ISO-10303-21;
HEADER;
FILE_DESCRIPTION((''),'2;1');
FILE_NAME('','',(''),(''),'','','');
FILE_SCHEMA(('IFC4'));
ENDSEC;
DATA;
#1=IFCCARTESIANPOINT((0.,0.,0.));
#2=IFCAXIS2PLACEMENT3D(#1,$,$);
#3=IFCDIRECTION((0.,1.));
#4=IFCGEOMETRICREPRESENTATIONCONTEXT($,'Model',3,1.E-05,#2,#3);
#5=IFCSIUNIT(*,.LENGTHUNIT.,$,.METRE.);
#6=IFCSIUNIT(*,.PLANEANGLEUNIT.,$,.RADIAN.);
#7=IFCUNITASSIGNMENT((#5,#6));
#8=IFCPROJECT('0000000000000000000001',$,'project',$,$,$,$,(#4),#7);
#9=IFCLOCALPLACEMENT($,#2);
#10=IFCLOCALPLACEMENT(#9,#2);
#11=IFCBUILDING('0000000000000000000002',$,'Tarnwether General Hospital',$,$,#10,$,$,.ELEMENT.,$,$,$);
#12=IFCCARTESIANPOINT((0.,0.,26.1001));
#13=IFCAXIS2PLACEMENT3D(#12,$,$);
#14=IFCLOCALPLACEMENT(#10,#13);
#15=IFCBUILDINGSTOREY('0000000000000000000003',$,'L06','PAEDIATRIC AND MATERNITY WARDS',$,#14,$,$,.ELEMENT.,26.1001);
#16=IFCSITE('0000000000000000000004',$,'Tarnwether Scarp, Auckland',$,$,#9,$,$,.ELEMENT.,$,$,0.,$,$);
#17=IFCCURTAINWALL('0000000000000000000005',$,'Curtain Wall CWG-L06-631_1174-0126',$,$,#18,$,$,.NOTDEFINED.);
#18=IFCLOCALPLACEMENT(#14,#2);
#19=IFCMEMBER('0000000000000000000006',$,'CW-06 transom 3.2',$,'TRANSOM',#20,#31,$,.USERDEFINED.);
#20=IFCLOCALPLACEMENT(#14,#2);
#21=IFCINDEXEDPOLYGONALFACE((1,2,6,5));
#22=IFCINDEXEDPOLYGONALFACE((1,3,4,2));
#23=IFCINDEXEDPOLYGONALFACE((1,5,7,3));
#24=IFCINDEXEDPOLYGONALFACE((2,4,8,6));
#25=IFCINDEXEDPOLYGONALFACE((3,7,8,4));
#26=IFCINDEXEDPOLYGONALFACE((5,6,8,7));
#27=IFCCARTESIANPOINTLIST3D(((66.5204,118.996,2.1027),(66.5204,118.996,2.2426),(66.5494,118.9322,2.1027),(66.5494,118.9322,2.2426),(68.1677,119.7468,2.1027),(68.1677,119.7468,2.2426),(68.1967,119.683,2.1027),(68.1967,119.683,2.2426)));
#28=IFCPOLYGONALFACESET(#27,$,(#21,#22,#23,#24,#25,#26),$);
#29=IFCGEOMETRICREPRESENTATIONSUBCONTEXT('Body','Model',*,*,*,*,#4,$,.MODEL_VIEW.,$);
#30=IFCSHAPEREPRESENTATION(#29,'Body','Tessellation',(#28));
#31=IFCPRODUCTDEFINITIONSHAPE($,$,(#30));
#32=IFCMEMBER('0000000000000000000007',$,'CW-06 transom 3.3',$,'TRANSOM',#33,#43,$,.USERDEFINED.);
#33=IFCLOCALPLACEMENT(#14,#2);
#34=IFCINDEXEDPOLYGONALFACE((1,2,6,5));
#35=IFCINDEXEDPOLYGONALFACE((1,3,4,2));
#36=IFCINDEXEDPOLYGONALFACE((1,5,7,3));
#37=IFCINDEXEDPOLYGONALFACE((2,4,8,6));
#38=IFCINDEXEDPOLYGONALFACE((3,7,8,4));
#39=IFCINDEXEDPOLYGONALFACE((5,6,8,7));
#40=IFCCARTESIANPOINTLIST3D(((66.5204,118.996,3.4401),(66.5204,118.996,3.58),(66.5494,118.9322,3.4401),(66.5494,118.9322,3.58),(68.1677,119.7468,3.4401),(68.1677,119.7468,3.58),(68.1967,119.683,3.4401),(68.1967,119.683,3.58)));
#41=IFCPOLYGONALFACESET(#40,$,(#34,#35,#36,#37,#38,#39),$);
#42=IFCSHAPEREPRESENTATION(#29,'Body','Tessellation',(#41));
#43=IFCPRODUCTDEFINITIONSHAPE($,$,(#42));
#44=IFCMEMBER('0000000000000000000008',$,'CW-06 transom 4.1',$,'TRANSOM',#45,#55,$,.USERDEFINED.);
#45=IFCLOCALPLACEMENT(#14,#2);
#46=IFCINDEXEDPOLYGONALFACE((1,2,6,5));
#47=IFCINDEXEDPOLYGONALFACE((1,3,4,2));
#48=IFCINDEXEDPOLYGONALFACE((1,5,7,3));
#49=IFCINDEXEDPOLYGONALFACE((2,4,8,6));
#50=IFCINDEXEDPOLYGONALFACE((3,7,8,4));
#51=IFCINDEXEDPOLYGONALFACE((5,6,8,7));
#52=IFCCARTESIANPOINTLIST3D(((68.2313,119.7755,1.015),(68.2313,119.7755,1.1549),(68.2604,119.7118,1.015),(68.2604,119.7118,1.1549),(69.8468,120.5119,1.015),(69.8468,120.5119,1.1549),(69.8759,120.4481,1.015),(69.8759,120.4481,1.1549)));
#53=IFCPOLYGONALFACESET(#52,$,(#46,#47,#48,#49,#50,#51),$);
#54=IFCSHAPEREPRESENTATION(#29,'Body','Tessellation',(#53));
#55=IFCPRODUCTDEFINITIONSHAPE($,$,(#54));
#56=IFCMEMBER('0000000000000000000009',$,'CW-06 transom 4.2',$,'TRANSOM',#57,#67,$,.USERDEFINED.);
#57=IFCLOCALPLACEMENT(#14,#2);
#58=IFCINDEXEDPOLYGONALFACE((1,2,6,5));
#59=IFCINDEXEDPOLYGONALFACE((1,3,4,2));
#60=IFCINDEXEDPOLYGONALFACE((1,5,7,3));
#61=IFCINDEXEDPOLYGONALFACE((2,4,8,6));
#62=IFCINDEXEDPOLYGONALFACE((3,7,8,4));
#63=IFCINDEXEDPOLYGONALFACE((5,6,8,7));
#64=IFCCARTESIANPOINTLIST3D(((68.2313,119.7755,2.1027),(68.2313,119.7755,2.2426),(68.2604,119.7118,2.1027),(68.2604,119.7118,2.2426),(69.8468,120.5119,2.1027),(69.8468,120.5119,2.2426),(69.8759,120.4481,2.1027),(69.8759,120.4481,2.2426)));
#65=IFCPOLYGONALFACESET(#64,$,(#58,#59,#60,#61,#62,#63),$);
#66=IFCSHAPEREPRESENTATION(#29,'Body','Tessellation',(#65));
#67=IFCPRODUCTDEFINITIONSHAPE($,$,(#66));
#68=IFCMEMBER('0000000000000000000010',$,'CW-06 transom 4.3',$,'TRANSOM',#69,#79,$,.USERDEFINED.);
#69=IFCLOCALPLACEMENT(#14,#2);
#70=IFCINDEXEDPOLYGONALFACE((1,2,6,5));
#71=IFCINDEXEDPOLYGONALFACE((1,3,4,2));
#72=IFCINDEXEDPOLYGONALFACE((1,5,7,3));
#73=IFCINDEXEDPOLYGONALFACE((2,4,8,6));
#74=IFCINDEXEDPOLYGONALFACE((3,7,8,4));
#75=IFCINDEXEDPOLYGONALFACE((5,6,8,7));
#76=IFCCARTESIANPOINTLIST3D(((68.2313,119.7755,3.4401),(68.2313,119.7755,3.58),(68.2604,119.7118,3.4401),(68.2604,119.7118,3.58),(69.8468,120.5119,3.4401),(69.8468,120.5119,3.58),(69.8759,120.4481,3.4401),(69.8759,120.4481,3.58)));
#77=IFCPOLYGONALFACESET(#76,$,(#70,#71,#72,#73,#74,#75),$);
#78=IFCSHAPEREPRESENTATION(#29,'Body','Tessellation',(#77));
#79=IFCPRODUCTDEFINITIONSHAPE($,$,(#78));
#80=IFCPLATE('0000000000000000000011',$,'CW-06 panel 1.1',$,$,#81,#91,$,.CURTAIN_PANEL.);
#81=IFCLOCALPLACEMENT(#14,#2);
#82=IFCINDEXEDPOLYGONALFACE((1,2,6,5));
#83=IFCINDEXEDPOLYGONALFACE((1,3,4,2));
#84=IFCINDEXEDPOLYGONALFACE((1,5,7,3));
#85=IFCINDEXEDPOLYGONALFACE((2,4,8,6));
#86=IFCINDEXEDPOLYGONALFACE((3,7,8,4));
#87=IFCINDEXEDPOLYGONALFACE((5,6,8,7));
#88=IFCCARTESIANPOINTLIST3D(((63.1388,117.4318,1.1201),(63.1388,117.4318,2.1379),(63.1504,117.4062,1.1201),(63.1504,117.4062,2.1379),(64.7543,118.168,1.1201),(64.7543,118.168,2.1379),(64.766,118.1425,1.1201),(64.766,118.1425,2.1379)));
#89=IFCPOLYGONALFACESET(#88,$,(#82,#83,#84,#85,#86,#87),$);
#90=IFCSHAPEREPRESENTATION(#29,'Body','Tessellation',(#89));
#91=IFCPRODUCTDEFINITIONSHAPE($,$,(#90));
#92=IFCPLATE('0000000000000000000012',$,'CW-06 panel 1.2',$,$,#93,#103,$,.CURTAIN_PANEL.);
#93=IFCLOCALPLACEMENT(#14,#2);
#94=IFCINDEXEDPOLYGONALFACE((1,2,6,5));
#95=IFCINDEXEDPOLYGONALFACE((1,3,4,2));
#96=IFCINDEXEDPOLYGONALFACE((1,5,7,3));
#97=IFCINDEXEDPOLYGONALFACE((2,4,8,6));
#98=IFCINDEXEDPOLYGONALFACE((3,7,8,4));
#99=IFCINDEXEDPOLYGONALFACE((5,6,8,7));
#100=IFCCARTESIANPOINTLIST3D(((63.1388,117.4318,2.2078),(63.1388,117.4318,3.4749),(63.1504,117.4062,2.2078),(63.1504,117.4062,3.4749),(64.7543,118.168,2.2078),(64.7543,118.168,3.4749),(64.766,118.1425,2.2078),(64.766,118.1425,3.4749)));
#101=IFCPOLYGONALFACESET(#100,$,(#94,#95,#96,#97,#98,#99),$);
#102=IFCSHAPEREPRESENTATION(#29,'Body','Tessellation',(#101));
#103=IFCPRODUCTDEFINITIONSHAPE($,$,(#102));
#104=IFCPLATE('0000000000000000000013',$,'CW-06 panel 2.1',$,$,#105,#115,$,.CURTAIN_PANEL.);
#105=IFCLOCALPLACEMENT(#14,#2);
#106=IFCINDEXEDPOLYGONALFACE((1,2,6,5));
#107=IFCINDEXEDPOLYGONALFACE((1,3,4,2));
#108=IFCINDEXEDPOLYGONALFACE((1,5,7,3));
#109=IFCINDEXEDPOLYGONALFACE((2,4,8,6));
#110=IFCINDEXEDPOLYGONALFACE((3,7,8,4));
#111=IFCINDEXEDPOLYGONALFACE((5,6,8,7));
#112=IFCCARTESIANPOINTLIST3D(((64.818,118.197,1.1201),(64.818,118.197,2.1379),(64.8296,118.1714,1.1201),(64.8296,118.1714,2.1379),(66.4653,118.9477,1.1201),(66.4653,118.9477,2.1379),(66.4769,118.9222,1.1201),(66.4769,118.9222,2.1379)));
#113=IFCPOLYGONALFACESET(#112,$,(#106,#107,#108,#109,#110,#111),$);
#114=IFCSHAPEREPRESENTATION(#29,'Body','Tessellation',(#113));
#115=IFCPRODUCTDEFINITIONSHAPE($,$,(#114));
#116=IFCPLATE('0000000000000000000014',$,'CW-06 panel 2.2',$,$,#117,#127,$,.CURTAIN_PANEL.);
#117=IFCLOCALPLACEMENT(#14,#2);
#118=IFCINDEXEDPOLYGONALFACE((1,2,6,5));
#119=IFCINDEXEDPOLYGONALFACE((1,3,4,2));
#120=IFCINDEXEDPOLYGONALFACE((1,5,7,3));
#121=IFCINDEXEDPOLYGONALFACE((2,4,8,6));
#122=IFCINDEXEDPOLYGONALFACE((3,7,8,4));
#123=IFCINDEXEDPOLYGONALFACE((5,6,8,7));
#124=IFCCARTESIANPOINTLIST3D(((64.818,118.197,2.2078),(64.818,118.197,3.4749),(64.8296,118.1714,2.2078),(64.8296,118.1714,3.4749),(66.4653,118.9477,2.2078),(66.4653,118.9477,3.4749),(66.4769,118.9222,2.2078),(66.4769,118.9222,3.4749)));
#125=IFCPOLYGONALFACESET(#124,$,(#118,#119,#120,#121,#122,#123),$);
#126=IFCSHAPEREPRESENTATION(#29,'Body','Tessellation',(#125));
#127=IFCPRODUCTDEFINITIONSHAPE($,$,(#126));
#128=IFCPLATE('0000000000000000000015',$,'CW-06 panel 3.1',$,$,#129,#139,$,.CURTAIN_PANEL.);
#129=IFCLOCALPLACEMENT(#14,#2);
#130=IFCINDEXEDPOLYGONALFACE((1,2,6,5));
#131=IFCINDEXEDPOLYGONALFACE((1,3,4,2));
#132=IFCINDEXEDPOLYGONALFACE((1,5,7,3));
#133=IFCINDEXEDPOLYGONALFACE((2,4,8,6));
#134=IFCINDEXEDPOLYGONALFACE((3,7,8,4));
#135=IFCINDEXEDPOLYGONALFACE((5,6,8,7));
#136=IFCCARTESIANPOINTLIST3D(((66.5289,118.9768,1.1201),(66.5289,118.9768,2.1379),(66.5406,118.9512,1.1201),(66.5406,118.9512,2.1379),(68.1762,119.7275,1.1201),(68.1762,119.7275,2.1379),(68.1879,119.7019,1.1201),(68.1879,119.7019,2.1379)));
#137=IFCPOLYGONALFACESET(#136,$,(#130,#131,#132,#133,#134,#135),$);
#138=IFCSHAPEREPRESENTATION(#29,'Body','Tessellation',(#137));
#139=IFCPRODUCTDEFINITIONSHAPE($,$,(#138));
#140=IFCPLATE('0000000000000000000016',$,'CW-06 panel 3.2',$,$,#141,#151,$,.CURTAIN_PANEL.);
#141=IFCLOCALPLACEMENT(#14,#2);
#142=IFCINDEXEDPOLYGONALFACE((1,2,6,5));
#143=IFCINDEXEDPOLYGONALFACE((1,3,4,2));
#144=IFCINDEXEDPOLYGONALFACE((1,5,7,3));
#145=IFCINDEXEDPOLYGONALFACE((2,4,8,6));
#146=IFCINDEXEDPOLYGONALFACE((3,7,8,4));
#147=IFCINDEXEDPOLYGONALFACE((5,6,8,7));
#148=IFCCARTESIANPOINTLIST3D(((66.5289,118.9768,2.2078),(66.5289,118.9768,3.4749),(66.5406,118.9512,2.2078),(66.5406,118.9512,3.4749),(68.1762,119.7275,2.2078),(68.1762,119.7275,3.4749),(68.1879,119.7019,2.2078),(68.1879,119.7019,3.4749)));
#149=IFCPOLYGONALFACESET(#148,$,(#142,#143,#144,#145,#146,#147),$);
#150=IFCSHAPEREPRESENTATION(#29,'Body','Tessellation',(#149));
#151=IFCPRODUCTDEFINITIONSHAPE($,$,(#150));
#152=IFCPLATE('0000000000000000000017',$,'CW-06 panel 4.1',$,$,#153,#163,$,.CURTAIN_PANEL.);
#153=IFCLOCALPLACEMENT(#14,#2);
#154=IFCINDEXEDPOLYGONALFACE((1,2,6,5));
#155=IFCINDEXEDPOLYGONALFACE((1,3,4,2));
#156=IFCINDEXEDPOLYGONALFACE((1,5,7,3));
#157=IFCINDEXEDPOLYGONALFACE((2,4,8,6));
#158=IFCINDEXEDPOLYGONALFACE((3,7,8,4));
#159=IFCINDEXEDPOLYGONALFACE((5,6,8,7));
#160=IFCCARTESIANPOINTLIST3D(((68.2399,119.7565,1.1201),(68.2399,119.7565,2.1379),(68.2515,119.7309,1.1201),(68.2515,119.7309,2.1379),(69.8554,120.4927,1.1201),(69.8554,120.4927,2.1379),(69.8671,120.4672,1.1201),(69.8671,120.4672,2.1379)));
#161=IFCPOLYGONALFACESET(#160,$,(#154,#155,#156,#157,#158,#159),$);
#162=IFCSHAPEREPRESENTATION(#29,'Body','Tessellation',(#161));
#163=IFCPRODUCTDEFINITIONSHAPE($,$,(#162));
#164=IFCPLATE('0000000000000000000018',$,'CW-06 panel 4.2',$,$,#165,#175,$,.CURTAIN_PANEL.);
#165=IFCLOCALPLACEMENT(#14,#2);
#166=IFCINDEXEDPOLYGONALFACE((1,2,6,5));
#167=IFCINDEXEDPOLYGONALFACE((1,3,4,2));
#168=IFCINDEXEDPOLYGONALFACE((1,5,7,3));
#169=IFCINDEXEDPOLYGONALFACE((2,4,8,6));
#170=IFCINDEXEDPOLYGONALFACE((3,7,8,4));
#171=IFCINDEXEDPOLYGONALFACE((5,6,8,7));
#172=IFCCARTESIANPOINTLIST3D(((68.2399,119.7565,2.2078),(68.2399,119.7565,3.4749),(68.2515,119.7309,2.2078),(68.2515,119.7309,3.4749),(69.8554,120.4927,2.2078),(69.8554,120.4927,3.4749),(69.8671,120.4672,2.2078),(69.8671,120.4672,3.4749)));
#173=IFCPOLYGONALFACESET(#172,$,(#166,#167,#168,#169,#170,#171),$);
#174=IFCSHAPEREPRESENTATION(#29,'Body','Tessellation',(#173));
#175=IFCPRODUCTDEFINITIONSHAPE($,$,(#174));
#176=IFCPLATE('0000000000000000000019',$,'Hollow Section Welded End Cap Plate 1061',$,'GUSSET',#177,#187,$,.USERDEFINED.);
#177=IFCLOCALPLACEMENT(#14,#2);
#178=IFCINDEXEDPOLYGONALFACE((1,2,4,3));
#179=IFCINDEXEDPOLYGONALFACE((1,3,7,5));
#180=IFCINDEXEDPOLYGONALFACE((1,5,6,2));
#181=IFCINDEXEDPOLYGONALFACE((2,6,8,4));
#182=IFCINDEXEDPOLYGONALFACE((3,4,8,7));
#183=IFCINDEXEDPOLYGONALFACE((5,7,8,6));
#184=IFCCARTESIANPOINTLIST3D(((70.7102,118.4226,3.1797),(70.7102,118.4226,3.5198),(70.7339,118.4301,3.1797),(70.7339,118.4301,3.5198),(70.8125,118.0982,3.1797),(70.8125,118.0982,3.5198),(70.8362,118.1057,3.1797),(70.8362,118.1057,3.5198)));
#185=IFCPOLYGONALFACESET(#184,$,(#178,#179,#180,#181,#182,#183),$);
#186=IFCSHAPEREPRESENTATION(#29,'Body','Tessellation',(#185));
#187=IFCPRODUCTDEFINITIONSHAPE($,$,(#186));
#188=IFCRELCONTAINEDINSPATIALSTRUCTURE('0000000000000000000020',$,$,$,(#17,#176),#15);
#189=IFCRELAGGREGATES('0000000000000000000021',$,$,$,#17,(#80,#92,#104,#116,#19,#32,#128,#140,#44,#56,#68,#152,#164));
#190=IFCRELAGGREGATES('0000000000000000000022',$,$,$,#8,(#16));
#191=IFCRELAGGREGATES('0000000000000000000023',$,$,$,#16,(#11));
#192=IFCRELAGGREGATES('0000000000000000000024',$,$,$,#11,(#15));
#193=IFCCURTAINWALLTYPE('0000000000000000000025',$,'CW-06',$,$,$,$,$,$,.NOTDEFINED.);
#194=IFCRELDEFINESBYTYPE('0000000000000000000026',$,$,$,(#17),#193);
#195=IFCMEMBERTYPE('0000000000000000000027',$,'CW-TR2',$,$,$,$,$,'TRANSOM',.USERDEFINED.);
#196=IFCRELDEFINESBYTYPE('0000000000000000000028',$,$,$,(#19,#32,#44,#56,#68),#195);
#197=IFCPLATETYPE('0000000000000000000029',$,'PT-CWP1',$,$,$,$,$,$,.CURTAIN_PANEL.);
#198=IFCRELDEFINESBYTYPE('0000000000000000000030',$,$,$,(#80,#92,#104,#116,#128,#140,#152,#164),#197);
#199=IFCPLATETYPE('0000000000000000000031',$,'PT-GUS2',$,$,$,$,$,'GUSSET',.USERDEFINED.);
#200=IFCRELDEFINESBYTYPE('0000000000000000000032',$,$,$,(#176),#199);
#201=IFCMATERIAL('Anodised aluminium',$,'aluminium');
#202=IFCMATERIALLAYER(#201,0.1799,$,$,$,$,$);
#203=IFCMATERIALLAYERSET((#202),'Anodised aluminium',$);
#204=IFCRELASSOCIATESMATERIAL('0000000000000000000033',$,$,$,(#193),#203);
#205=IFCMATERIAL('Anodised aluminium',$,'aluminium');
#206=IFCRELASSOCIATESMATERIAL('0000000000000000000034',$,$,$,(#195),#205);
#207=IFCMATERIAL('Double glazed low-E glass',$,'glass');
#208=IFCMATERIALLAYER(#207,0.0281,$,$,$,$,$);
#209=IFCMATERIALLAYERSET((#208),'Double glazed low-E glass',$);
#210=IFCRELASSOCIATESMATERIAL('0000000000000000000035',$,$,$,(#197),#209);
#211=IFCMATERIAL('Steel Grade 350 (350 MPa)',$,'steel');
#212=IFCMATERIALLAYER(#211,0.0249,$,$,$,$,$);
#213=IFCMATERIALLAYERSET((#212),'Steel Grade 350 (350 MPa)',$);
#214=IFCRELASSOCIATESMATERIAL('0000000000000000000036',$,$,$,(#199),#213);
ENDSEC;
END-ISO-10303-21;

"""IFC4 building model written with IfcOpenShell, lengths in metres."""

from ifc_helpers import new_model, si_unit, direction, frame, origin, origin_2d, place, context, subcontext, project, spatial, rectangle, extrude, material, layer, layer_set, material_profile, profile_set, type_object, element, aggregate, save


model = new_model("IFC4")

# Units and contexts
model_context = context("Model", 3, precision=1e-05, world=origin(), true_north=direction((0.0, 1.0)))
body_context = subcontext(model_context, "Body", "Model", "MODEL_VIEW")
ifc_project = project(units=[si_unit("LENGTHUNIT", "METRE"), si_unit("PLANEANGLEUNIT", "RADIAN")], contexts=[model_context])

# Site, building, storey
site_placement = place(None, origin())
site = spatial("IfcSite", under=ifc_project, at=site_placement, Name="Tarnwether Scarp, Auckland", CompositionType="ELEMENT", RefElevation=0.0)
building_placement = place(site_placement, origin())
building = spatial("IfcBuilding", under=site, at=building_placement, Name="Tarnwether General Hospital", CompositionType="ELEMENT")
storey_placement = place(building_placement, frame((0.0, 0.0, 26.1001)))
storey = spatial("IfcBuildingStorey", under=building, at=storey_placement, Name="L06", Description="PAEDIATRIC AND MATERNITY WARDS", CompositionType="ELEMENT", Elevation=26.1001)

# Shared definitions
ifc_material_1 = material(Name="Anodised aluminium", Category="aluminium")
ifc_layer_1 = layer(ifc_material_1, 0.1799)
ifc_layer_set_1 = layer_set([ifc_layer_1], Name="Anodised aluminium")
curtain_wall_type = type_object("IfcCurtainWallType", Name="CW-06", PredefinedType="NOTDEFINED", material=ifc_layer_set_1)

# Curtain wall
curtain_wall_1_placement = place(storey_placement, origin())
curtain_wall_1 = element("IfcCurtainWall", 1, at=curtain_wall_1_placement, inside=storey, type_object=curtain_wall_type, Name="Curtain Wall CWG-L06-631_1174-0126", PredefinedType="NOTDEFINED")

# Members
ifc_material_2 = material(Name="Anodised aluminium", Category="aluminium")
ifc_material_profile_1 = material_profile(ifc_material_2, rectangle(XDim=0.0701, YDim=0.1399, at=origin_2d()), Name="ALU-TRN-70x140")
ifc_profile_set_1 = profile_set([ifc_material_profile_1], Name="Anodised aluminium")
member_type_1 = type_object("IfcMemberType", Name="CW-TR2", ElementType="TRANSOM", PredefinedType="USERDEFINED", material=ifc_profile_set_1)
member_1_placement = place(storey_placement, frame((66.5349, 118.9641, 2.1726), z_axis=(0.90995, 0.414717, 0.0), x_axis=(-0.414717, 0.90995, 0.0)))
member_1 = element("IfcMember", 2, at=member_1_placement, type_object=member_type_1, Name="CW-06 transom 3.2", ObjectType="TRANSOM", PredefinedType="USERDEFINED", context=body_context, shape_type="SweptSolid", body=[
    extrude(rectangle(XDim=0.0701, YDim=0.1399, at=origin_2d()), origin(), (0.0, 0.0, 1.0), 1.8103),
])
member_2_placement = place(storey_placement, frame((66.5349, 118.9641, 3.51), z_axis=(0.90995, 0.414717, 0.0), x_axis=(-0.414717, 0.90995, 0.0)))
member_2 = element("IfcMember", 3, at=member_2_placement, type_object=member_type_1, Name="CW-06 transom 3.3", ObjectType="TRANSOM", PredefinedType="USERDEFINED", context=body_context, shape_type="SweptSolid", body=[
    extrude(rectangle(XDim=0.0701, YDim=0.1399, at=origin_2d()), origin(), (0.0, 0.0, 1.0), 1.8103),
])
member_3_placement = place(storey_placement, frame((68.2458, 119.7437, 1.085), z_axis=(0.909937, 0.414746, 0.0), x_axis=(-0.414746, 0.909937, 0.0)))
member_3 = element("IfcMember", 4, at=member_3_placement, type_object=member_type_1, Name="CW-06 transom 4.1", ObjectType="TRANSOM", PredefinedType="USERDEFINED", context=body_context, shape_type="SweptSolid", body=[
    extrude(rectangle(XDim=0.0701, YDim=0.1399, at=origin_2d()), origin(), (0.0, 0.0, 1.0), 1.7754),
])
member_4_placement = place(storey_placement, frame((68.2458, 119.7437, 2.1726), z_axis=(0.909937, 0.414746, 0.0), x_axis=(-0.414746, 0.909937, 0.0)))
member_4 = element("IfcMember", 5, at=member_4_placement, type_object=member_type_1, Name="CW-06 transom 4.2", ObjectType="TRANSOM", PredefinedType="USERDEFINED", context=body_context, shape_type="SweptSolid", body=[
    extrude(rectangle(XDim=0.0701, YDim=0.1399, at=origin_2d()), origin(), (0.0, 0.0, 1.0), 1.7754),
])
member_5_placement = place(storey_placement, frame((68.2458, 119.7437, 3.51), z_axis=(0.909937, 0.414746, 0.0), x_axis=(-0.414746, 0.909937, 0.0)))
member_5 = element("IfcMember", 6, at=member_5_placement, type_object=member_type_1, Name="CW-06 transom 4.3", ObjectType="TRANSOM", PredefinedType="USERDEFINED", context=body_context, shape_type="SweptSolid", body=[
    extrude(rectangle(XDim=0.0701, YDim=0.1399, at=origin_2d()), origin(), (0.0, 0.0, 1.0), 1.7754),
])

# Plates
ifc_material_3 = material(Name="Double glazed low-E glass", Category="glass")
ifc_layer_2 = layer(ifc_material_3, 0.0281)
ifc_layer_set_2 = layer_set([ifc_layer_2], Name="Double glazed low-E glass")
plate_type_1 = type_object("IfcPlateType", Name="PT-CWP1", PredefinedType="CURTAIN_PANEL", material=ifc_layer_set_2)
plate_1_placement = place(storey_placement, frame((63.9524, 117.7871, 1.1201), z_axis=(0.0, 0.0, 1.0), x_axis=(0.909961, 0.414694, 0.0)))
plate_1 = element("IfcPlate", 7, at=plate_1_placement, type_object=plate_type_1, Name="CW-06 panel 1.1", PredefinedType="CURTAIN_PANEL", context=body_context, shape_type="SweptSolid", body=[
    extrude(rectangle(XDim=1.7754, YDim=0.0281, at=origin_2d()), origin(), (0.0, 0.0, 1.0), 1.0178),
])
plate_2_placement = place(storey_placement, frame((63.9524, 117.7871, 2.2078), z_axis=(0.0, 0.0, 1.0), x_axis=(0.909961, 0.414694, 0.0)))
plate_2 = element("IfcPlate", 8, at=plate_2_placement, type_object=plate_type_1, Name="CW-06 panel 1.2", PredefinedType="CURTAIN_PANEL", context=body_context, shape_type="SweptSolid", body=[
    extrude(rectangle(XDim=1.7754, YDim=0.0281, at=origin_2d()), origin(), (0.0, 0.0, 1.0), 1.2671),
])
plate_3_placement = place(storey_placement, frame((65.6475, 118.5596, 1.1201), z_axis=(0.0, 0.0, 1.0), x_axis=(0.909961, 0.414694, 0.0)))
plate_3 = element("IfcPlate", 9, at=plate_3_placement, type_object=plate_type_1, Name="CW-06 panel 2.1", PredefinedType="CURTAIN_PANEL", context=body_context, shape_type="SweptSolid", body=[
    extrude(rectangle(XDim=1.8103, YDim=0.0281, at=origin_2d()), origin(), (0.0, 0.0, 1.0), 1.0178),
])
plate_4_placement = place(storey_placement, frame((65.6475, 118.5596, 2.2078), z_axis=(0.0, 0.0, 1.0), x_axis=(0.909961, 0.414694, 0.0)))
plate_4 = element("IfcPlate", 10, at=plate_4_placement, type_object=plate_type_1, Name="CW-06 panel 2.2", PredefinedType="CURTAIN_PANEL", context=body_context, shape_type="SweptSolid", body=[
    extrude(rectangle(XDim=1.8103, YDim=0.0281, at=origin_2d()), origin(), (0.0, 0.0, 1.0), 1.2671),
])
plate_5_placement = place(storey_placement, frame((67.3584, 119.3394, 1.1201), z_axis=(0.0, 0.0, 1.0), x_axis=(0.909961, 0.414694, 0.0)))
plate_5 = element("IfcPlate", 11, at=plate_5_placement, type_object=plate_type_1, Name="CW-06 panel 3.1", PredefinedType="CURTAIN_PANEL", context=body_context, shape_type="SweptSolid", body=[
    extrude(rectangle(XDim=1.8103, YDim=0.0281, at=origin_2d()), origin(), (0.0, 0.0, 1.0), 1.0178),
])
plate_6_placement = place(storey_placement, frame((67.3584, 119.3394, 2.2078), z_axis=(0.0, 0.0, 1.0), x_axis=(0.909961, 0.414694, 0.0)))
plate_6 = element("IfcPlate", 12, at=plate_6_placement, type_object=plate_type_1, Name="CW-06 panel 3.2", PredefinedType="CURTAIN_PANEL", context=body_context, shape_type="SweptSolid", body=[
    extrude(rectangle(XDim=1.8103, YDim=0.0281, at=origin_2d()), origin(), (0.0, 0.0, 1.0), 1.2671),
])
plate_7_placement = place(storey_placement, frame((69.0535, 120.1118, 1.1201), z_axis=(0.0, 0.0, 1.0), x_axis=(0.909961, 0.414694, 0.0)))
plate_7 = element("IfcPlate", 13, at=plate_7_placement, type_object=plate_type_1, Name="CW-06 panel 4.1", PredefinedType="CURTAIN_PANEL", context=body_context, shape_type="SweptSolid", body=[
    extrude(rectangle(XDim=1.7754, YDim=0.0281, at=origin_2d()), origin(), (0.0, 0.0, 1.0), 1.0178),
])
plate_8_placement = place(storey_placement, frame((69.0535, 120.1118, 2.2078), z_axis=(0.0, 0.0, 1.0), x_axis=(0.909961, 0.414694, 0.0)))
plate_8 = element("IfcPlate", 14, at=plate_8_placement, type_object=plate_type_1, Name="CW-06 panel 4.2", PredefinedType="CURTAIN_PANEL", context=body_context, shape_type="SweptSolid", body=[
    extrude(rectangle(XDim=1.7754, YDim=0.0281, at=origin_2d()), origin(), (0.0, 0.0, 1.0), 1.2671),
])
aggregate(curtain_wall_1, [plate_1, plate_2, plate_3, plate_4, member_1, member_2, plate_5, plate_6, member_3, member_4, member_5, plate_7, plate_8])
ifc_material_4 = material(Name="Steel Grade 350 (350 MPa)", Category="steel")
ifc_layer_3 = layer(ifc_material_4, 0.0249)
ifc_layer_set_3 = layer_set([ifc_layer_3], Name="Steel Grade 350 (350 MPa)")
plate_type_2 = type_object("IfcPlateType", Name="PT-GUS2", ElementType="GUSSET", PredefinedType="USERDEFINED", material=ifc_layer_set_3)
plate_9_placement = place(storey_placement, frame((70.7732, 118.2642, 3.1797), z_axis=(0.0, 0.0, 1.0), x_axis=(0.953691, 0.300789, 0.0)))
element("IfcPlate", 15, at=plate_9_placement, inside=storey, type_object=plate_type_2, Name="Hollow Section Welded End Cap Plate 1061", ObjectType="GUSSET", PredefinedType="USERDEFINED", context=body_context, shape_type="SweptSolid", body=[
    extrude(rectangle(XDim=0.0249, YDim=0.3401, at=origin_2d()), origin(), (0.0, 0.0, 1.0), 0.3401),
])

save(model, "model.ifc")
